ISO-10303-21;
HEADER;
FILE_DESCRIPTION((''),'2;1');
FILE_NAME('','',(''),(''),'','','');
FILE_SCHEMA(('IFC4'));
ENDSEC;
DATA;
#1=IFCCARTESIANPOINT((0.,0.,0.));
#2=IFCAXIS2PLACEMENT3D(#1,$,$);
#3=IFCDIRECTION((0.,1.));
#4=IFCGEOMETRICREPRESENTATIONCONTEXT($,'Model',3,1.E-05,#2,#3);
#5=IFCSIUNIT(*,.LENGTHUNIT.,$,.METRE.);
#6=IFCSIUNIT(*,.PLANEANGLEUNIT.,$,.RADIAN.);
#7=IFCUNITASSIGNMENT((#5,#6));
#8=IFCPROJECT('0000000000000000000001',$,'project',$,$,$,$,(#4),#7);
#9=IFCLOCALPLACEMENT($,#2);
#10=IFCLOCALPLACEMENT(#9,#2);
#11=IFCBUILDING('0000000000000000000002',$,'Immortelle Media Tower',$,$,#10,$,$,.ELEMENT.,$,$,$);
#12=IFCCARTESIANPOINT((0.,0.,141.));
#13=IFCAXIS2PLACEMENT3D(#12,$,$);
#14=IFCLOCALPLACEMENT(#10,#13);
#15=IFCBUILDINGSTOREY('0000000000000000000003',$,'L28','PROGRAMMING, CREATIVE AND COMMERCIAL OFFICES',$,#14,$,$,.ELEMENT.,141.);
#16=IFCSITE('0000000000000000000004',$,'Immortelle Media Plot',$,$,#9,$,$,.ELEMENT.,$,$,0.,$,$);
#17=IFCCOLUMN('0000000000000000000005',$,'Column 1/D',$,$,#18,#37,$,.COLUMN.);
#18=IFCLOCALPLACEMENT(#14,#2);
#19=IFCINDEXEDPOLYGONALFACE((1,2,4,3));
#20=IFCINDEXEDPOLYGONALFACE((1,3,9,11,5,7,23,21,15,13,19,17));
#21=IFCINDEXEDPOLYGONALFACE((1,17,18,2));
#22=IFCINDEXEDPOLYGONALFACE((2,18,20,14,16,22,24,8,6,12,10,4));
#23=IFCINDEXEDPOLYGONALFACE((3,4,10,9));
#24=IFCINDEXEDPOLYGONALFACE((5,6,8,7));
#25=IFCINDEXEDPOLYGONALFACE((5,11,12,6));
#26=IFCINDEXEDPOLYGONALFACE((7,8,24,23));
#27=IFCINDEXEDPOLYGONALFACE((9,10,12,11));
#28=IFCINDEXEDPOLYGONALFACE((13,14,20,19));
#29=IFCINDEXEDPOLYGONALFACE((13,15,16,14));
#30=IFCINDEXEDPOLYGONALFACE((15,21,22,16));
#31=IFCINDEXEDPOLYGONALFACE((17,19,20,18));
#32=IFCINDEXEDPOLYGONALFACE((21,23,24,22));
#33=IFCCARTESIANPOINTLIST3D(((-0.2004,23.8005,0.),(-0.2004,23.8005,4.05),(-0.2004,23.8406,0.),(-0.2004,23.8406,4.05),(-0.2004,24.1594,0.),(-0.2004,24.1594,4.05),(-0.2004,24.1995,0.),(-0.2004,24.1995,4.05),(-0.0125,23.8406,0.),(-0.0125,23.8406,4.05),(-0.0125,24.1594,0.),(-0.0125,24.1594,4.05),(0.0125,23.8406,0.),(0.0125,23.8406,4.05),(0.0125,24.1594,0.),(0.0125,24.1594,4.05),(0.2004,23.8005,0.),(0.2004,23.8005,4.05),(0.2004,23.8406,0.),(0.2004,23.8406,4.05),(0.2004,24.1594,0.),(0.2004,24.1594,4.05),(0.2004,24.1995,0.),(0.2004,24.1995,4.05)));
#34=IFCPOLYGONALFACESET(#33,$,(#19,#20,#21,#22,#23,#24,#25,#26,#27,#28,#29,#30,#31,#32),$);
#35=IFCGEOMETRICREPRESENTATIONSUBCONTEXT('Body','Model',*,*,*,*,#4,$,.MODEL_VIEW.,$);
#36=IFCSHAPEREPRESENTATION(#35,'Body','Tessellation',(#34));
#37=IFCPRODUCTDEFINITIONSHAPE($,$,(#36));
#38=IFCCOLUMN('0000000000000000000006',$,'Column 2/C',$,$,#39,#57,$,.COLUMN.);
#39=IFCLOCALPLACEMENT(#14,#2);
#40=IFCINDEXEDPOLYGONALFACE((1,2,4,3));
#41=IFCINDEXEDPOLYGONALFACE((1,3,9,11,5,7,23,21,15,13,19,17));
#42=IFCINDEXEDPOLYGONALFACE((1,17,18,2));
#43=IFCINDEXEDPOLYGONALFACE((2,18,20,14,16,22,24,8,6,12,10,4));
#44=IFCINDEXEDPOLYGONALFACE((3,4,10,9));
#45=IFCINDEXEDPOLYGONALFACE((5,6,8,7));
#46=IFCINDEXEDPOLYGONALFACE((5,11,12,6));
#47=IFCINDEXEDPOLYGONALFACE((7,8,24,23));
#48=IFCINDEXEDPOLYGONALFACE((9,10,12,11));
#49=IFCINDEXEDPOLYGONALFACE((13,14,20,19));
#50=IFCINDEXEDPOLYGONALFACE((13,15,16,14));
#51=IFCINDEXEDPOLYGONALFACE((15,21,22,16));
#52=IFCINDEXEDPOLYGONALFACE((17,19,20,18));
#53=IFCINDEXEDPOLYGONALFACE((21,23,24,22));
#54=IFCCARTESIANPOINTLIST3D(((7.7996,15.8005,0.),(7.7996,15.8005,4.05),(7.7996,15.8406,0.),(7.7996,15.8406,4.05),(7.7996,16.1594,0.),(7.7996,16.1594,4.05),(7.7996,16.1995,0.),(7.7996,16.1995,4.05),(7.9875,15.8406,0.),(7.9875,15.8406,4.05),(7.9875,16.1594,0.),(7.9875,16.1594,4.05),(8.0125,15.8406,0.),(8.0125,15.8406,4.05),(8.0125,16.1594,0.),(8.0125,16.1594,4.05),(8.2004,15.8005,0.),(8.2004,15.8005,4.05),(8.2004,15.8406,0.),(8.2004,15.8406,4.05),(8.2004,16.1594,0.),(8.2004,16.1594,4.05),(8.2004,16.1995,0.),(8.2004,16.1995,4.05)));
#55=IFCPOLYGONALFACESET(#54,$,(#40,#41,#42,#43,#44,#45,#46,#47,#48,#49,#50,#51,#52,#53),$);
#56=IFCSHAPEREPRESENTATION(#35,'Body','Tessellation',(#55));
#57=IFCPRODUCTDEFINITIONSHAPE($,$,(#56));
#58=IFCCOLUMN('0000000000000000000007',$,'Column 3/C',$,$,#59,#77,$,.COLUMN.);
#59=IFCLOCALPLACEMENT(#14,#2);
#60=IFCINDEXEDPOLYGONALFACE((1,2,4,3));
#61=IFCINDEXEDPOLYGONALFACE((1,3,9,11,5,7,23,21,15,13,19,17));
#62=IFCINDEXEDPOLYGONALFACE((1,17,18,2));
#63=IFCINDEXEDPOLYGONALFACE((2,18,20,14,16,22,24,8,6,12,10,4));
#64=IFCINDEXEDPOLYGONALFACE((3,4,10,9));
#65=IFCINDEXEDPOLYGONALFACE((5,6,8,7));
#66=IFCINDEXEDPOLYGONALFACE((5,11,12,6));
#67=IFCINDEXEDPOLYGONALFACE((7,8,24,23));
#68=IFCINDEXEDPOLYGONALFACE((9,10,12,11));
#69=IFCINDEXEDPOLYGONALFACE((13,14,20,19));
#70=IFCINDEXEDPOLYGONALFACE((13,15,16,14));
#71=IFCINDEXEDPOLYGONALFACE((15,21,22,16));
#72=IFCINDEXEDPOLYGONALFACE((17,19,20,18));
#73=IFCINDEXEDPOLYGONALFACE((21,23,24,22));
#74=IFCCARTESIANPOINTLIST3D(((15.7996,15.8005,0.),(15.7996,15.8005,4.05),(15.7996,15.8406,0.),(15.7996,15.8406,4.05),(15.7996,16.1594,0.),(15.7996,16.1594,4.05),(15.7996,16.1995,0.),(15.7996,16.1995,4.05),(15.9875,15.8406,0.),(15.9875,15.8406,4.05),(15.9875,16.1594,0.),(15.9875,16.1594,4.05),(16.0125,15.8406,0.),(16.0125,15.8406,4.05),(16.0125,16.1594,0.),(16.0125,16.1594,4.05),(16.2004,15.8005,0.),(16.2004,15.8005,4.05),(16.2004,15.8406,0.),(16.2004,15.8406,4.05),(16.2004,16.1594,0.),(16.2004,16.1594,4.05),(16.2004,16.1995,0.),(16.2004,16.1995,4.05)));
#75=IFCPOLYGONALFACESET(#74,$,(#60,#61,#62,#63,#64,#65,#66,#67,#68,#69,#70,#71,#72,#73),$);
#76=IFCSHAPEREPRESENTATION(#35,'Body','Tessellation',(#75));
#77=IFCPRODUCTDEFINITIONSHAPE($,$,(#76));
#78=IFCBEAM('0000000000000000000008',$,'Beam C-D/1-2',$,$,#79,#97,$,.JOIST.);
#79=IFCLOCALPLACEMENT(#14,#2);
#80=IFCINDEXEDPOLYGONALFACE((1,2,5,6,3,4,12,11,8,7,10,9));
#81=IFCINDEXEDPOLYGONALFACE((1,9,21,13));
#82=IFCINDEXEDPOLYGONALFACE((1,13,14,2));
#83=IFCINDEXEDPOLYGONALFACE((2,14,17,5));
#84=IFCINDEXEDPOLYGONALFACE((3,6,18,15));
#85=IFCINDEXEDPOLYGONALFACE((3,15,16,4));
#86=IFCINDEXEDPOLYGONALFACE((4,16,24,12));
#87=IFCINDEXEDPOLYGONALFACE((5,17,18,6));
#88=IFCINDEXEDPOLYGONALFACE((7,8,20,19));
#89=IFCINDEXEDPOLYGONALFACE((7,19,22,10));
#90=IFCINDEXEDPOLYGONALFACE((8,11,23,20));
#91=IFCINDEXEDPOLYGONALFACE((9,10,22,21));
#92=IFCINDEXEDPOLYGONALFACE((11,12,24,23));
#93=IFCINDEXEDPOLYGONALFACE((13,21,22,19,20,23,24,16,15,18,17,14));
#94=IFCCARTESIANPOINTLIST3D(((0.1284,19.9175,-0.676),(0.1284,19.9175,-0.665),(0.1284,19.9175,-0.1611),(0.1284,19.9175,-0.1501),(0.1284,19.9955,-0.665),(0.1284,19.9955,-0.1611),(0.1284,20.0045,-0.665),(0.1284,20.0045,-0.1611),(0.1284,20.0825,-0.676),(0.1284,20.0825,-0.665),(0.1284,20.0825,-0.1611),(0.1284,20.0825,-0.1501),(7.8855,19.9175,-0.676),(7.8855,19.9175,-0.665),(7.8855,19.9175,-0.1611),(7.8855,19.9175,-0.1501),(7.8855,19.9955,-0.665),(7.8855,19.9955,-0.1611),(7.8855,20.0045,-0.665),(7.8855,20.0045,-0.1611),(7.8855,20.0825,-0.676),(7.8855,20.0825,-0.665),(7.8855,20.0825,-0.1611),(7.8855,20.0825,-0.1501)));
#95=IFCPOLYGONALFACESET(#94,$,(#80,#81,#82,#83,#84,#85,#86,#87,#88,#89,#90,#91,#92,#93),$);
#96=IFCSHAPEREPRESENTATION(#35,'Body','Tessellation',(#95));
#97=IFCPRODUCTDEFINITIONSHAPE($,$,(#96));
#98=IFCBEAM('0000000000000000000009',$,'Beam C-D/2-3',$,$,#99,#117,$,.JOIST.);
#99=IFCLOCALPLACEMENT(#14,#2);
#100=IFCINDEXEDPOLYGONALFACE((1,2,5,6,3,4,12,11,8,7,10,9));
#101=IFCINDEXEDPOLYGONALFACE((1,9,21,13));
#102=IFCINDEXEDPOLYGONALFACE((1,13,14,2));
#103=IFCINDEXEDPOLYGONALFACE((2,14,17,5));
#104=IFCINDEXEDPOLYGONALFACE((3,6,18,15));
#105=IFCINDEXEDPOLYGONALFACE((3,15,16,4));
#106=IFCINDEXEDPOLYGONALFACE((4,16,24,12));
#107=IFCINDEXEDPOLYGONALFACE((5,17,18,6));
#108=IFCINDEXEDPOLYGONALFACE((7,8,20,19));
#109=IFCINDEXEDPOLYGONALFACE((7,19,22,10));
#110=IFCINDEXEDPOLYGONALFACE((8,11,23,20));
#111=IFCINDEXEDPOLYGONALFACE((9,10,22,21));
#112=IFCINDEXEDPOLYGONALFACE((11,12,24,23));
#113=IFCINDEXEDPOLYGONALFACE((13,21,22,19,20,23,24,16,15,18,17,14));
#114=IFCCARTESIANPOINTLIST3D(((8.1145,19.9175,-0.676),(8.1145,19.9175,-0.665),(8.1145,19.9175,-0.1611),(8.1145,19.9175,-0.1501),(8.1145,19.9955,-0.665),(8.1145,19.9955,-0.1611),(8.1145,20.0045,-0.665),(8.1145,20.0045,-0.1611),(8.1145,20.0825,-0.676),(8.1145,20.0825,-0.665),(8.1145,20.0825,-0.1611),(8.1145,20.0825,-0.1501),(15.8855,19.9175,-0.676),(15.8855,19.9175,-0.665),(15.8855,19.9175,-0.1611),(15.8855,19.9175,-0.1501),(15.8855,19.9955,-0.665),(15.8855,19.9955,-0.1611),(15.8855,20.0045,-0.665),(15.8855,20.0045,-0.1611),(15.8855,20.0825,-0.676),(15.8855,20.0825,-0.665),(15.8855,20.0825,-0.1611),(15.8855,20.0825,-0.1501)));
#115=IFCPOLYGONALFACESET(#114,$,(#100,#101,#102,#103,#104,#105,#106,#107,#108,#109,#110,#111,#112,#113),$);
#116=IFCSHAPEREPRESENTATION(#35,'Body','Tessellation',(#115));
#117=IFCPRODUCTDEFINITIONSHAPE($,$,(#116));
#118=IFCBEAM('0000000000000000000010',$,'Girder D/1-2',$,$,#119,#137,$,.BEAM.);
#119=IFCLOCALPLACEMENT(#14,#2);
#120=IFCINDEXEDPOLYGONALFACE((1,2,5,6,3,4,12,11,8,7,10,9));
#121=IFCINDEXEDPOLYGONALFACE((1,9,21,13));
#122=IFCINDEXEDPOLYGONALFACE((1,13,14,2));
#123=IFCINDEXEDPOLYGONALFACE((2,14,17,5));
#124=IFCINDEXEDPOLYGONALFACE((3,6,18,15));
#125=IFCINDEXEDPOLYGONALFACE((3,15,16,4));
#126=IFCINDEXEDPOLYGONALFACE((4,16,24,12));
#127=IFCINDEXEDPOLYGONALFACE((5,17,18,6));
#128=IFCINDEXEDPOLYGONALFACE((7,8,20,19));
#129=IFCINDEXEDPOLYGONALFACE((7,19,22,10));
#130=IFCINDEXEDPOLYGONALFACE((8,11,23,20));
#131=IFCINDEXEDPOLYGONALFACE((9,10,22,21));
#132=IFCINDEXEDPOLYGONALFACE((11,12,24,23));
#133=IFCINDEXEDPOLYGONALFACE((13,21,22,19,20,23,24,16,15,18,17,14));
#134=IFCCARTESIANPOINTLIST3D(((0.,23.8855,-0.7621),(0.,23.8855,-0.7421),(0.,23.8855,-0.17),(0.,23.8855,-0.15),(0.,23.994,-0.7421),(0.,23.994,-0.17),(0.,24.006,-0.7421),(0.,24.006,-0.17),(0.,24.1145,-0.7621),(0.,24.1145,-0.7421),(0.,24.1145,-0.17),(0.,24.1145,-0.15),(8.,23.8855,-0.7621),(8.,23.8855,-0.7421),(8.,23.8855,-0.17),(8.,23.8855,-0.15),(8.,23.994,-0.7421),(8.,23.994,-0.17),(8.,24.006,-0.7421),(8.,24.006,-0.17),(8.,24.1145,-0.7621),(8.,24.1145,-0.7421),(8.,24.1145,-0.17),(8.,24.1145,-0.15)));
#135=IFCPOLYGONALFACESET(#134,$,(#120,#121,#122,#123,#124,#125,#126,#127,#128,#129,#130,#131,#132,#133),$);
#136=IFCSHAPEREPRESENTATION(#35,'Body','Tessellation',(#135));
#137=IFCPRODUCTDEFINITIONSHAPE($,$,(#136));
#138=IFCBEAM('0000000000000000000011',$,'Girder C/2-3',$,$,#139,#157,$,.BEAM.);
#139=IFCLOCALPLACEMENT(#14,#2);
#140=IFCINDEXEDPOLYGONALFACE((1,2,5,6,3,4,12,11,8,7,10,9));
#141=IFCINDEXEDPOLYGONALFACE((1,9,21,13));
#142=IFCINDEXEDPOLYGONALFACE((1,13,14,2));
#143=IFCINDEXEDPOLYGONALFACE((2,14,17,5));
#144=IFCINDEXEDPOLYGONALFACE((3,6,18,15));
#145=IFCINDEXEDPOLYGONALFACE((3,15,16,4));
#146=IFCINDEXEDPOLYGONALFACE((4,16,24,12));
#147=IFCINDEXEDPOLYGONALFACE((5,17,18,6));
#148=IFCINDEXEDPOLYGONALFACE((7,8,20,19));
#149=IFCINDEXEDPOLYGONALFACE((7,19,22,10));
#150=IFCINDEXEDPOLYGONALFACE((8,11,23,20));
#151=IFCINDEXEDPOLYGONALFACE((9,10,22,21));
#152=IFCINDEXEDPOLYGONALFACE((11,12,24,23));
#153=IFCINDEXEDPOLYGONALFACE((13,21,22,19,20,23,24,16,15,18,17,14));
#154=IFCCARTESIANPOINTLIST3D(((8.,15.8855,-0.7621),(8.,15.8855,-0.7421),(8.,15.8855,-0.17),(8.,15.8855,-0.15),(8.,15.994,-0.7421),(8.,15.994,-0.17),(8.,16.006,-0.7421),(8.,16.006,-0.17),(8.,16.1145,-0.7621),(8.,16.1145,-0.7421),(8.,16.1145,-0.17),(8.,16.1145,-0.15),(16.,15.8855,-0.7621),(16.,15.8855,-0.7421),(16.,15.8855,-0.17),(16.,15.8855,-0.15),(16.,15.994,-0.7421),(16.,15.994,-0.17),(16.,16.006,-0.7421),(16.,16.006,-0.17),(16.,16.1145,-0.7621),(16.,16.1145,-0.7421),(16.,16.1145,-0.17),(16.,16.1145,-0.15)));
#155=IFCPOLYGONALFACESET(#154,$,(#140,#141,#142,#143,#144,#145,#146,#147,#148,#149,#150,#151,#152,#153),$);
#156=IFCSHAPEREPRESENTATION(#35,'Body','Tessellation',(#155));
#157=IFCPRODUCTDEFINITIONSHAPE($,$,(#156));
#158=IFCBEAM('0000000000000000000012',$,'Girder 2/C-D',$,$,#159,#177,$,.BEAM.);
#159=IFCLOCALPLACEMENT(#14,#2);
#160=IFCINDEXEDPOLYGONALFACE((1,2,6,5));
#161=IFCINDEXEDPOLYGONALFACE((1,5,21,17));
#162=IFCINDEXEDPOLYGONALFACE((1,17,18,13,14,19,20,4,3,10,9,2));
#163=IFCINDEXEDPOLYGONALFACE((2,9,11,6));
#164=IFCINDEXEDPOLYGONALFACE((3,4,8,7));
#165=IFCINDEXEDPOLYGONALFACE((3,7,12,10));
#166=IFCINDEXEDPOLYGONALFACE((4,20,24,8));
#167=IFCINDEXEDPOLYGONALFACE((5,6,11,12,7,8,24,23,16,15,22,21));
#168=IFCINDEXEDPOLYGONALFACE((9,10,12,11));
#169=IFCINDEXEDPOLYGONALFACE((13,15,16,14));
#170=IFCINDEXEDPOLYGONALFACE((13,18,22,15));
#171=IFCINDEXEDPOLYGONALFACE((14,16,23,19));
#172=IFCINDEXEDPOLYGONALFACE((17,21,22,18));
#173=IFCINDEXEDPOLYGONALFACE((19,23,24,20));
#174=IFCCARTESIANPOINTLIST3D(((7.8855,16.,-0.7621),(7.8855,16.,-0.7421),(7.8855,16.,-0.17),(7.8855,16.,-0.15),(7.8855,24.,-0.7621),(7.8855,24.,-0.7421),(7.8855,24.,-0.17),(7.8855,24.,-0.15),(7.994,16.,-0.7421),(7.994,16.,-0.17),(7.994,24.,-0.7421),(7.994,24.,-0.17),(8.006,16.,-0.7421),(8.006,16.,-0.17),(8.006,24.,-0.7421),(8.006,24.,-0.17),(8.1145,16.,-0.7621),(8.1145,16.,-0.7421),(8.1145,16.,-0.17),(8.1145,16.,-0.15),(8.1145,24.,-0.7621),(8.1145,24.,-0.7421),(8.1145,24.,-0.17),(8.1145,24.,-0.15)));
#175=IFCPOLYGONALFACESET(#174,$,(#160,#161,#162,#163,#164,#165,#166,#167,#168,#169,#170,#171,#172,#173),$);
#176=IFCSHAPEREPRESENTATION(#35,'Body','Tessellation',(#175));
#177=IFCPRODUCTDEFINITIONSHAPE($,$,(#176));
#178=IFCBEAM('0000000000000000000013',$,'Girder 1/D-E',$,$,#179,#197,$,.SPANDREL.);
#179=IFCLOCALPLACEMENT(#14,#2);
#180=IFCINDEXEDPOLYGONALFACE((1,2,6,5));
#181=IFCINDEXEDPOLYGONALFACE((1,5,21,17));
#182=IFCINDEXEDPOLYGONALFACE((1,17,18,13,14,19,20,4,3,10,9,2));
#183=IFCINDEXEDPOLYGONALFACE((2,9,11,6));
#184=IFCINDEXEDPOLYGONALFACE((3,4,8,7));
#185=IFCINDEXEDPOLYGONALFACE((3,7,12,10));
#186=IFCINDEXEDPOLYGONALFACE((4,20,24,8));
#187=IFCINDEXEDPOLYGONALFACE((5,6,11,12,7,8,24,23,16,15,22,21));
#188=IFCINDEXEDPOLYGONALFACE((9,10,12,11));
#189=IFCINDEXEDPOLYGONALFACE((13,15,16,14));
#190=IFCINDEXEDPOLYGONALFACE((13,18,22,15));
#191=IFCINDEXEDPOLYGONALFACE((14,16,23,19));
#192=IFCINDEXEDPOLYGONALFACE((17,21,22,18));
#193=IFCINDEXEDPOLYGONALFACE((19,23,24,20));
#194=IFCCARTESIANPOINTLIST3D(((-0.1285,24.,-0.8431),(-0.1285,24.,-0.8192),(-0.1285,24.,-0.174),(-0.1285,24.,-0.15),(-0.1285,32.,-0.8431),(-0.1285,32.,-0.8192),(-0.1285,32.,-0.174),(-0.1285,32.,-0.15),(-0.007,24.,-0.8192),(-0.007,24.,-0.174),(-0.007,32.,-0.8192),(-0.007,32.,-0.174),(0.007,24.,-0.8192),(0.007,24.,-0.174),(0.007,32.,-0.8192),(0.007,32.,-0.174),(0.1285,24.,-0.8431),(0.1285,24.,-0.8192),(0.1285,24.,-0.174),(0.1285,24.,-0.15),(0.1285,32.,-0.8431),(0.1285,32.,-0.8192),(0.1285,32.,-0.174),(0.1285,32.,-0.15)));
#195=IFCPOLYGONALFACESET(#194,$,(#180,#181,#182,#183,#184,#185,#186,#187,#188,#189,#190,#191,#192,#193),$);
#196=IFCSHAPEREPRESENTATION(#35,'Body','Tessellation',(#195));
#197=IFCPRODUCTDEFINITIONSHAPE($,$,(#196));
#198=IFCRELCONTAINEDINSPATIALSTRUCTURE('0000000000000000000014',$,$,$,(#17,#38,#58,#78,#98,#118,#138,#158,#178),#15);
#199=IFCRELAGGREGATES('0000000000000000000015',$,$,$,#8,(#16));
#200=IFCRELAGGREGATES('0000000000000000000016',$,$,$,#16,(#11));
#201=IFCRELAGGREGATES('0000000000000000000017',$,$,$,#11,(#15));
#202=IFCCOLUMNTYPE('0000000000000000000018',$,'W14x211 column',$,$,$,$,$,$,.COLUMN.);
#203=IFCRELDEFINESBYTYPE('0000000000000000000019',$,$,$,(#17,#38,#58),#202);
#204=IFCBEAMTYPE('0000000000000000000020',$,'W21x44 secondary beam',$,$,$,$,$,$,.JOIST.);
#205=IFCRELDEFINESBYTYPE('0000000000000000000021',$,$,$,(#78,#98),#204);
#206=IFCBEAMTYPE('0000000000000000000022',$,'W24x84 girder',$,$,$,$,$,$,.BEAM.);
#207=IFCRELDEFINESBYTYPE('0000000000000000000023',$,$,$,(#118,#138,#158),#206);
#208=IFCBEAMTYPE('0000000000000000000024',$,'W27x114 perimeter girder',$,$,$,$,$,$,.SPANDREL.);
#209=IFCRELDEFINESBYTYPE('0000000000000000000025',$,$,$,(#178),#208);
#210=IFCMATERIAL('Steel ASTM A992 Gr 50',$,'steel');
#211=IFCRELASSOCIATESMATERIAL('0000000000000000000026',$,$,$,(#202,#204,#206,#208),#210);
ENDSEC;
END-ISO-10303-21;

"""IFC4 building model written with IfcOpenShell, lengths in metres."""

from ifc_helpers import new_model, si_unit, direction, frame, origin, origin_2d, place, context, subcontext, project, spatial, i_section, extrude, material, material_profile, profile_set, type_object, element, save


model = new_model("IFC4")

# Units and contexts
model_context = context("Model", 3, precision=1e-05, world=origin(), true_north=direction((0.0, 1.0)))
body_context = subcontext(model_context, "Body", "Model", "MODEL_VIEW")
ifc_project = project(units=[si_unit("LENGTHUNIT", "METRE"), si_unit("PLANEANGLEUNIT", "RADIAN")], contexts=[model_context])

# Site, building, storey
site_placement = place(None, origin())
site = spatial("IfcSite", under=ifc_project, at=site_placement, Name="Immortelle Media Plot", CompositionType="ELEMENT", RefElevation=0.0)
building_placement = place(site_placement, origin())
building = spatial("IfcBuilding", under=site, at=building_placement, Name="Immortelle Media Tower", CompositionType="ELEMENT")
storey_placement = place(building_placement, frame((0.0, 0.0, 141.0)))
storey = spatial("IfcBuildingStorey", under=building, at=storey_placement, Name="L28", Description="PROGRAMMING, CREATIVE AND COMMERCIAL OFFICES", CompositionType="ELEMENT", Elevation=141.0)

# Columns
ifc_material_1 = material(Name="Steel ASTM A992 Gr 50", Category="steel")
ifc_material_profile_1 = material_profile(ifc_material_1, i_section(OverallWidth=0.4009, OverallDepth=0.3989, WebThickness=0.0249, FlangeThickness=0.04, at=origin_2d()), Name="W14x211")
ifc_profile_set_1 = profile_set([ifc_material_profile_1], Name="Steel ASTM A992 Gr 50")
column_type = type_object("IfcColumnType", Name="W14x211 column", PredefinedType="COLUMN", material=ifc_profile_set_1)
for number, where, z_axis, x_axis, name in (
    (1, (0.0, 24.0, 0.0), (0.0, 0.0, 1.0), (1.0, 0.0, 0.0), "Column 1/D"),
    (2, (8.0, 16.0, 0.0), (0.0, 0.0, 1.0), (1.0, 0.0, 0.0), "Column 2/C"),
    (3, (16.0, 16.0, 0.0), (0.0, 0.0, 1.0), (1.0, 0.0, 0.0), "Column 3/C"),
):
    element("IfcColumn", number, at=place(storey_placement, frame(where, z_axis=z_axis, x_axis=x_axis)), inside=storey, type_object=column_type, Name=name, PredefinedType="COLUMN", context=body_context, shape_type="SweptSolid", body=[
        extrude(i_section(OverallWidth=0.4009, OverallDepth=0.3989, WebThickness=0.0249, FlangeThickness=0.04, at=origin_2d()), origin(), (0.0, 0.0, 1.0), 4.05),
    ])

# Beams
ifc_material_profile_2 = material_profile(ifc_material_1, i_section(OverallWidth=0.165, OverallDepth=0.5259, WebThickness=0.009, FlangeThickness=0.011, at=origin_2d()), Name="W21x44")
ifc_profile_set_2 = profile_set([ifc_material_profile_2], Name="Steel ASTM A992 Gr 50")
beam_type_1 = type_object("IfcBeamType", Name="W21x44 secondary beam", PredefinedType="JOIST", material=ifc_profile_set_2)
beam_1_placement = place(storey_placement, frame((0.1284, 20.0, -0.4131), z_axis=(1.0, 0.0, 0.0), x_axis=(0.0, 1.0, 0.0)))
element("IfcBeam", 4, at=beam_1_placement, inside=storey, type_object=beam_type_1, Name="Beam C-D/1-2", PredefinedType="JOIST", context=body_context, shape_type="SweptSolid", body=[
    extrude(i_section(OverallWidth=0.165, OverallDepth=0.5259, WebThickness=0.009, FlangeThickness=0.011, at=origin_2d()), origin(), (0.0, 0.0, 1.0), 7.7571),
])
beam_2_placement = place(storey_placement, frame((8.1145, 20.0, -0.4131), z_axis=(1.0, 0.0, 0.0), x_axis=(0.0, 1.0, 0.0)))
element("IfcBeam", 5, at=beam_2_placement, inside=storey, type_object=beam_type_1, Name="Beam C-D/2-3", PredefinedType="JOIST", context=body_context, shape_type="SweptSolid", body=[
    extrude(i_section(OverallWidth=0.165, OverallDepth=0.5259, WebThickness=0.009, FlangeThickness=0.011, at=origin_2d()), origin(), (0.0, 0.0, 1.0), 7.771),
])
ifc_material_profile_3 = material_profile(ifc_material_1, i_section(OverallWidth=0.229, OverallDepth=0.6121, WebThickness=0.012, FlangeThickness=0.02, at=origin_2d()), Name="W24x84")
ifc_profile_set_3 = profile_set([ifc_material_profile_3], Name="Steel ASTM A992 Gr 50")
beam_type_2 = type_object("IfcBeamType", Name="W24x84 girder", PredefinedType="BEAM", material=ifc_profile_set_3)
for number, where, z_axis, x_axis, name in (
    (6, (0.0, 24.0, -0.4561), (1.0, 0.0, 0.0), (0.0, 1.0, 0.0), "Girder D/1-2"),
    (7, (8.0, 16.0, -0.4561), (1.0, 0.0, 0.0), (0.0, 1.0, 0.0), "Girder C/2-3"),
    (8, (8.0, 16.0, -0.4561), (0.0, 1.0, 0.0), (-1.0, 0.0, 0.0), "Girder 2/C-D"),
):
    element("IfcBeam", number, at=place(storey_placement, frame(where, z_axis=z_axis, x_axis=x_axis)), inside=storey, type_object=beam_type_2, Name=name, PredefinedType="BEAM", context=body_context, shape_type="SweptSolid", body=[
        extrude(i_section(OverallWidth=0.229, OverallDepth=0.6121, WebThickness=0.012, FlangeThickness=0.02, at=origin_2d()), origin(), (0.0, 0.0, 1.0), 8.0),
    ])
ifc_material_profile_4 = material_profile(ifc_material_1, i_section(OverallWidth=0.2571, OverallDepth=0.6931, WebThickness=0.0139, FlangeThickness=0.0239, at=origin_2d()), Name="W27x114")
ifc_profile_set_4 = profile_set([ifc_material_profile_4], Name="Steel ASTM A992 Gr 50")
beam_type_3 = type_object("IfcBeamType", Name="W27x114 perimeter girder", PredefinedType="SPANDREL", material=ifc_profile_set_4)
beam_3_placement = place(storey_placement, frame((0.0, 24.0, -0.4966), z_axis=(0.0, 1.0, 0.0), x_axis=(-1.0, 0.0, 0.0)))
element("IfcBeam", 9, at=beam_3_placement, inside=storey, type_object=beam_type_3, Name="Girder 1/D-E", PredefinedType="SPANDREL", context=body_context, shape_type="SweptSolid", body=[
    extrude(i_section(OverallWidth=0.2571, OverallDepth=0.6931, WebThickness=0.0139, FlangeThickness=0.0239, at=origin_2d()), origin(), (0.0, 0.0, 1.0), 8.0),
])

save(model, "model.ifc")
